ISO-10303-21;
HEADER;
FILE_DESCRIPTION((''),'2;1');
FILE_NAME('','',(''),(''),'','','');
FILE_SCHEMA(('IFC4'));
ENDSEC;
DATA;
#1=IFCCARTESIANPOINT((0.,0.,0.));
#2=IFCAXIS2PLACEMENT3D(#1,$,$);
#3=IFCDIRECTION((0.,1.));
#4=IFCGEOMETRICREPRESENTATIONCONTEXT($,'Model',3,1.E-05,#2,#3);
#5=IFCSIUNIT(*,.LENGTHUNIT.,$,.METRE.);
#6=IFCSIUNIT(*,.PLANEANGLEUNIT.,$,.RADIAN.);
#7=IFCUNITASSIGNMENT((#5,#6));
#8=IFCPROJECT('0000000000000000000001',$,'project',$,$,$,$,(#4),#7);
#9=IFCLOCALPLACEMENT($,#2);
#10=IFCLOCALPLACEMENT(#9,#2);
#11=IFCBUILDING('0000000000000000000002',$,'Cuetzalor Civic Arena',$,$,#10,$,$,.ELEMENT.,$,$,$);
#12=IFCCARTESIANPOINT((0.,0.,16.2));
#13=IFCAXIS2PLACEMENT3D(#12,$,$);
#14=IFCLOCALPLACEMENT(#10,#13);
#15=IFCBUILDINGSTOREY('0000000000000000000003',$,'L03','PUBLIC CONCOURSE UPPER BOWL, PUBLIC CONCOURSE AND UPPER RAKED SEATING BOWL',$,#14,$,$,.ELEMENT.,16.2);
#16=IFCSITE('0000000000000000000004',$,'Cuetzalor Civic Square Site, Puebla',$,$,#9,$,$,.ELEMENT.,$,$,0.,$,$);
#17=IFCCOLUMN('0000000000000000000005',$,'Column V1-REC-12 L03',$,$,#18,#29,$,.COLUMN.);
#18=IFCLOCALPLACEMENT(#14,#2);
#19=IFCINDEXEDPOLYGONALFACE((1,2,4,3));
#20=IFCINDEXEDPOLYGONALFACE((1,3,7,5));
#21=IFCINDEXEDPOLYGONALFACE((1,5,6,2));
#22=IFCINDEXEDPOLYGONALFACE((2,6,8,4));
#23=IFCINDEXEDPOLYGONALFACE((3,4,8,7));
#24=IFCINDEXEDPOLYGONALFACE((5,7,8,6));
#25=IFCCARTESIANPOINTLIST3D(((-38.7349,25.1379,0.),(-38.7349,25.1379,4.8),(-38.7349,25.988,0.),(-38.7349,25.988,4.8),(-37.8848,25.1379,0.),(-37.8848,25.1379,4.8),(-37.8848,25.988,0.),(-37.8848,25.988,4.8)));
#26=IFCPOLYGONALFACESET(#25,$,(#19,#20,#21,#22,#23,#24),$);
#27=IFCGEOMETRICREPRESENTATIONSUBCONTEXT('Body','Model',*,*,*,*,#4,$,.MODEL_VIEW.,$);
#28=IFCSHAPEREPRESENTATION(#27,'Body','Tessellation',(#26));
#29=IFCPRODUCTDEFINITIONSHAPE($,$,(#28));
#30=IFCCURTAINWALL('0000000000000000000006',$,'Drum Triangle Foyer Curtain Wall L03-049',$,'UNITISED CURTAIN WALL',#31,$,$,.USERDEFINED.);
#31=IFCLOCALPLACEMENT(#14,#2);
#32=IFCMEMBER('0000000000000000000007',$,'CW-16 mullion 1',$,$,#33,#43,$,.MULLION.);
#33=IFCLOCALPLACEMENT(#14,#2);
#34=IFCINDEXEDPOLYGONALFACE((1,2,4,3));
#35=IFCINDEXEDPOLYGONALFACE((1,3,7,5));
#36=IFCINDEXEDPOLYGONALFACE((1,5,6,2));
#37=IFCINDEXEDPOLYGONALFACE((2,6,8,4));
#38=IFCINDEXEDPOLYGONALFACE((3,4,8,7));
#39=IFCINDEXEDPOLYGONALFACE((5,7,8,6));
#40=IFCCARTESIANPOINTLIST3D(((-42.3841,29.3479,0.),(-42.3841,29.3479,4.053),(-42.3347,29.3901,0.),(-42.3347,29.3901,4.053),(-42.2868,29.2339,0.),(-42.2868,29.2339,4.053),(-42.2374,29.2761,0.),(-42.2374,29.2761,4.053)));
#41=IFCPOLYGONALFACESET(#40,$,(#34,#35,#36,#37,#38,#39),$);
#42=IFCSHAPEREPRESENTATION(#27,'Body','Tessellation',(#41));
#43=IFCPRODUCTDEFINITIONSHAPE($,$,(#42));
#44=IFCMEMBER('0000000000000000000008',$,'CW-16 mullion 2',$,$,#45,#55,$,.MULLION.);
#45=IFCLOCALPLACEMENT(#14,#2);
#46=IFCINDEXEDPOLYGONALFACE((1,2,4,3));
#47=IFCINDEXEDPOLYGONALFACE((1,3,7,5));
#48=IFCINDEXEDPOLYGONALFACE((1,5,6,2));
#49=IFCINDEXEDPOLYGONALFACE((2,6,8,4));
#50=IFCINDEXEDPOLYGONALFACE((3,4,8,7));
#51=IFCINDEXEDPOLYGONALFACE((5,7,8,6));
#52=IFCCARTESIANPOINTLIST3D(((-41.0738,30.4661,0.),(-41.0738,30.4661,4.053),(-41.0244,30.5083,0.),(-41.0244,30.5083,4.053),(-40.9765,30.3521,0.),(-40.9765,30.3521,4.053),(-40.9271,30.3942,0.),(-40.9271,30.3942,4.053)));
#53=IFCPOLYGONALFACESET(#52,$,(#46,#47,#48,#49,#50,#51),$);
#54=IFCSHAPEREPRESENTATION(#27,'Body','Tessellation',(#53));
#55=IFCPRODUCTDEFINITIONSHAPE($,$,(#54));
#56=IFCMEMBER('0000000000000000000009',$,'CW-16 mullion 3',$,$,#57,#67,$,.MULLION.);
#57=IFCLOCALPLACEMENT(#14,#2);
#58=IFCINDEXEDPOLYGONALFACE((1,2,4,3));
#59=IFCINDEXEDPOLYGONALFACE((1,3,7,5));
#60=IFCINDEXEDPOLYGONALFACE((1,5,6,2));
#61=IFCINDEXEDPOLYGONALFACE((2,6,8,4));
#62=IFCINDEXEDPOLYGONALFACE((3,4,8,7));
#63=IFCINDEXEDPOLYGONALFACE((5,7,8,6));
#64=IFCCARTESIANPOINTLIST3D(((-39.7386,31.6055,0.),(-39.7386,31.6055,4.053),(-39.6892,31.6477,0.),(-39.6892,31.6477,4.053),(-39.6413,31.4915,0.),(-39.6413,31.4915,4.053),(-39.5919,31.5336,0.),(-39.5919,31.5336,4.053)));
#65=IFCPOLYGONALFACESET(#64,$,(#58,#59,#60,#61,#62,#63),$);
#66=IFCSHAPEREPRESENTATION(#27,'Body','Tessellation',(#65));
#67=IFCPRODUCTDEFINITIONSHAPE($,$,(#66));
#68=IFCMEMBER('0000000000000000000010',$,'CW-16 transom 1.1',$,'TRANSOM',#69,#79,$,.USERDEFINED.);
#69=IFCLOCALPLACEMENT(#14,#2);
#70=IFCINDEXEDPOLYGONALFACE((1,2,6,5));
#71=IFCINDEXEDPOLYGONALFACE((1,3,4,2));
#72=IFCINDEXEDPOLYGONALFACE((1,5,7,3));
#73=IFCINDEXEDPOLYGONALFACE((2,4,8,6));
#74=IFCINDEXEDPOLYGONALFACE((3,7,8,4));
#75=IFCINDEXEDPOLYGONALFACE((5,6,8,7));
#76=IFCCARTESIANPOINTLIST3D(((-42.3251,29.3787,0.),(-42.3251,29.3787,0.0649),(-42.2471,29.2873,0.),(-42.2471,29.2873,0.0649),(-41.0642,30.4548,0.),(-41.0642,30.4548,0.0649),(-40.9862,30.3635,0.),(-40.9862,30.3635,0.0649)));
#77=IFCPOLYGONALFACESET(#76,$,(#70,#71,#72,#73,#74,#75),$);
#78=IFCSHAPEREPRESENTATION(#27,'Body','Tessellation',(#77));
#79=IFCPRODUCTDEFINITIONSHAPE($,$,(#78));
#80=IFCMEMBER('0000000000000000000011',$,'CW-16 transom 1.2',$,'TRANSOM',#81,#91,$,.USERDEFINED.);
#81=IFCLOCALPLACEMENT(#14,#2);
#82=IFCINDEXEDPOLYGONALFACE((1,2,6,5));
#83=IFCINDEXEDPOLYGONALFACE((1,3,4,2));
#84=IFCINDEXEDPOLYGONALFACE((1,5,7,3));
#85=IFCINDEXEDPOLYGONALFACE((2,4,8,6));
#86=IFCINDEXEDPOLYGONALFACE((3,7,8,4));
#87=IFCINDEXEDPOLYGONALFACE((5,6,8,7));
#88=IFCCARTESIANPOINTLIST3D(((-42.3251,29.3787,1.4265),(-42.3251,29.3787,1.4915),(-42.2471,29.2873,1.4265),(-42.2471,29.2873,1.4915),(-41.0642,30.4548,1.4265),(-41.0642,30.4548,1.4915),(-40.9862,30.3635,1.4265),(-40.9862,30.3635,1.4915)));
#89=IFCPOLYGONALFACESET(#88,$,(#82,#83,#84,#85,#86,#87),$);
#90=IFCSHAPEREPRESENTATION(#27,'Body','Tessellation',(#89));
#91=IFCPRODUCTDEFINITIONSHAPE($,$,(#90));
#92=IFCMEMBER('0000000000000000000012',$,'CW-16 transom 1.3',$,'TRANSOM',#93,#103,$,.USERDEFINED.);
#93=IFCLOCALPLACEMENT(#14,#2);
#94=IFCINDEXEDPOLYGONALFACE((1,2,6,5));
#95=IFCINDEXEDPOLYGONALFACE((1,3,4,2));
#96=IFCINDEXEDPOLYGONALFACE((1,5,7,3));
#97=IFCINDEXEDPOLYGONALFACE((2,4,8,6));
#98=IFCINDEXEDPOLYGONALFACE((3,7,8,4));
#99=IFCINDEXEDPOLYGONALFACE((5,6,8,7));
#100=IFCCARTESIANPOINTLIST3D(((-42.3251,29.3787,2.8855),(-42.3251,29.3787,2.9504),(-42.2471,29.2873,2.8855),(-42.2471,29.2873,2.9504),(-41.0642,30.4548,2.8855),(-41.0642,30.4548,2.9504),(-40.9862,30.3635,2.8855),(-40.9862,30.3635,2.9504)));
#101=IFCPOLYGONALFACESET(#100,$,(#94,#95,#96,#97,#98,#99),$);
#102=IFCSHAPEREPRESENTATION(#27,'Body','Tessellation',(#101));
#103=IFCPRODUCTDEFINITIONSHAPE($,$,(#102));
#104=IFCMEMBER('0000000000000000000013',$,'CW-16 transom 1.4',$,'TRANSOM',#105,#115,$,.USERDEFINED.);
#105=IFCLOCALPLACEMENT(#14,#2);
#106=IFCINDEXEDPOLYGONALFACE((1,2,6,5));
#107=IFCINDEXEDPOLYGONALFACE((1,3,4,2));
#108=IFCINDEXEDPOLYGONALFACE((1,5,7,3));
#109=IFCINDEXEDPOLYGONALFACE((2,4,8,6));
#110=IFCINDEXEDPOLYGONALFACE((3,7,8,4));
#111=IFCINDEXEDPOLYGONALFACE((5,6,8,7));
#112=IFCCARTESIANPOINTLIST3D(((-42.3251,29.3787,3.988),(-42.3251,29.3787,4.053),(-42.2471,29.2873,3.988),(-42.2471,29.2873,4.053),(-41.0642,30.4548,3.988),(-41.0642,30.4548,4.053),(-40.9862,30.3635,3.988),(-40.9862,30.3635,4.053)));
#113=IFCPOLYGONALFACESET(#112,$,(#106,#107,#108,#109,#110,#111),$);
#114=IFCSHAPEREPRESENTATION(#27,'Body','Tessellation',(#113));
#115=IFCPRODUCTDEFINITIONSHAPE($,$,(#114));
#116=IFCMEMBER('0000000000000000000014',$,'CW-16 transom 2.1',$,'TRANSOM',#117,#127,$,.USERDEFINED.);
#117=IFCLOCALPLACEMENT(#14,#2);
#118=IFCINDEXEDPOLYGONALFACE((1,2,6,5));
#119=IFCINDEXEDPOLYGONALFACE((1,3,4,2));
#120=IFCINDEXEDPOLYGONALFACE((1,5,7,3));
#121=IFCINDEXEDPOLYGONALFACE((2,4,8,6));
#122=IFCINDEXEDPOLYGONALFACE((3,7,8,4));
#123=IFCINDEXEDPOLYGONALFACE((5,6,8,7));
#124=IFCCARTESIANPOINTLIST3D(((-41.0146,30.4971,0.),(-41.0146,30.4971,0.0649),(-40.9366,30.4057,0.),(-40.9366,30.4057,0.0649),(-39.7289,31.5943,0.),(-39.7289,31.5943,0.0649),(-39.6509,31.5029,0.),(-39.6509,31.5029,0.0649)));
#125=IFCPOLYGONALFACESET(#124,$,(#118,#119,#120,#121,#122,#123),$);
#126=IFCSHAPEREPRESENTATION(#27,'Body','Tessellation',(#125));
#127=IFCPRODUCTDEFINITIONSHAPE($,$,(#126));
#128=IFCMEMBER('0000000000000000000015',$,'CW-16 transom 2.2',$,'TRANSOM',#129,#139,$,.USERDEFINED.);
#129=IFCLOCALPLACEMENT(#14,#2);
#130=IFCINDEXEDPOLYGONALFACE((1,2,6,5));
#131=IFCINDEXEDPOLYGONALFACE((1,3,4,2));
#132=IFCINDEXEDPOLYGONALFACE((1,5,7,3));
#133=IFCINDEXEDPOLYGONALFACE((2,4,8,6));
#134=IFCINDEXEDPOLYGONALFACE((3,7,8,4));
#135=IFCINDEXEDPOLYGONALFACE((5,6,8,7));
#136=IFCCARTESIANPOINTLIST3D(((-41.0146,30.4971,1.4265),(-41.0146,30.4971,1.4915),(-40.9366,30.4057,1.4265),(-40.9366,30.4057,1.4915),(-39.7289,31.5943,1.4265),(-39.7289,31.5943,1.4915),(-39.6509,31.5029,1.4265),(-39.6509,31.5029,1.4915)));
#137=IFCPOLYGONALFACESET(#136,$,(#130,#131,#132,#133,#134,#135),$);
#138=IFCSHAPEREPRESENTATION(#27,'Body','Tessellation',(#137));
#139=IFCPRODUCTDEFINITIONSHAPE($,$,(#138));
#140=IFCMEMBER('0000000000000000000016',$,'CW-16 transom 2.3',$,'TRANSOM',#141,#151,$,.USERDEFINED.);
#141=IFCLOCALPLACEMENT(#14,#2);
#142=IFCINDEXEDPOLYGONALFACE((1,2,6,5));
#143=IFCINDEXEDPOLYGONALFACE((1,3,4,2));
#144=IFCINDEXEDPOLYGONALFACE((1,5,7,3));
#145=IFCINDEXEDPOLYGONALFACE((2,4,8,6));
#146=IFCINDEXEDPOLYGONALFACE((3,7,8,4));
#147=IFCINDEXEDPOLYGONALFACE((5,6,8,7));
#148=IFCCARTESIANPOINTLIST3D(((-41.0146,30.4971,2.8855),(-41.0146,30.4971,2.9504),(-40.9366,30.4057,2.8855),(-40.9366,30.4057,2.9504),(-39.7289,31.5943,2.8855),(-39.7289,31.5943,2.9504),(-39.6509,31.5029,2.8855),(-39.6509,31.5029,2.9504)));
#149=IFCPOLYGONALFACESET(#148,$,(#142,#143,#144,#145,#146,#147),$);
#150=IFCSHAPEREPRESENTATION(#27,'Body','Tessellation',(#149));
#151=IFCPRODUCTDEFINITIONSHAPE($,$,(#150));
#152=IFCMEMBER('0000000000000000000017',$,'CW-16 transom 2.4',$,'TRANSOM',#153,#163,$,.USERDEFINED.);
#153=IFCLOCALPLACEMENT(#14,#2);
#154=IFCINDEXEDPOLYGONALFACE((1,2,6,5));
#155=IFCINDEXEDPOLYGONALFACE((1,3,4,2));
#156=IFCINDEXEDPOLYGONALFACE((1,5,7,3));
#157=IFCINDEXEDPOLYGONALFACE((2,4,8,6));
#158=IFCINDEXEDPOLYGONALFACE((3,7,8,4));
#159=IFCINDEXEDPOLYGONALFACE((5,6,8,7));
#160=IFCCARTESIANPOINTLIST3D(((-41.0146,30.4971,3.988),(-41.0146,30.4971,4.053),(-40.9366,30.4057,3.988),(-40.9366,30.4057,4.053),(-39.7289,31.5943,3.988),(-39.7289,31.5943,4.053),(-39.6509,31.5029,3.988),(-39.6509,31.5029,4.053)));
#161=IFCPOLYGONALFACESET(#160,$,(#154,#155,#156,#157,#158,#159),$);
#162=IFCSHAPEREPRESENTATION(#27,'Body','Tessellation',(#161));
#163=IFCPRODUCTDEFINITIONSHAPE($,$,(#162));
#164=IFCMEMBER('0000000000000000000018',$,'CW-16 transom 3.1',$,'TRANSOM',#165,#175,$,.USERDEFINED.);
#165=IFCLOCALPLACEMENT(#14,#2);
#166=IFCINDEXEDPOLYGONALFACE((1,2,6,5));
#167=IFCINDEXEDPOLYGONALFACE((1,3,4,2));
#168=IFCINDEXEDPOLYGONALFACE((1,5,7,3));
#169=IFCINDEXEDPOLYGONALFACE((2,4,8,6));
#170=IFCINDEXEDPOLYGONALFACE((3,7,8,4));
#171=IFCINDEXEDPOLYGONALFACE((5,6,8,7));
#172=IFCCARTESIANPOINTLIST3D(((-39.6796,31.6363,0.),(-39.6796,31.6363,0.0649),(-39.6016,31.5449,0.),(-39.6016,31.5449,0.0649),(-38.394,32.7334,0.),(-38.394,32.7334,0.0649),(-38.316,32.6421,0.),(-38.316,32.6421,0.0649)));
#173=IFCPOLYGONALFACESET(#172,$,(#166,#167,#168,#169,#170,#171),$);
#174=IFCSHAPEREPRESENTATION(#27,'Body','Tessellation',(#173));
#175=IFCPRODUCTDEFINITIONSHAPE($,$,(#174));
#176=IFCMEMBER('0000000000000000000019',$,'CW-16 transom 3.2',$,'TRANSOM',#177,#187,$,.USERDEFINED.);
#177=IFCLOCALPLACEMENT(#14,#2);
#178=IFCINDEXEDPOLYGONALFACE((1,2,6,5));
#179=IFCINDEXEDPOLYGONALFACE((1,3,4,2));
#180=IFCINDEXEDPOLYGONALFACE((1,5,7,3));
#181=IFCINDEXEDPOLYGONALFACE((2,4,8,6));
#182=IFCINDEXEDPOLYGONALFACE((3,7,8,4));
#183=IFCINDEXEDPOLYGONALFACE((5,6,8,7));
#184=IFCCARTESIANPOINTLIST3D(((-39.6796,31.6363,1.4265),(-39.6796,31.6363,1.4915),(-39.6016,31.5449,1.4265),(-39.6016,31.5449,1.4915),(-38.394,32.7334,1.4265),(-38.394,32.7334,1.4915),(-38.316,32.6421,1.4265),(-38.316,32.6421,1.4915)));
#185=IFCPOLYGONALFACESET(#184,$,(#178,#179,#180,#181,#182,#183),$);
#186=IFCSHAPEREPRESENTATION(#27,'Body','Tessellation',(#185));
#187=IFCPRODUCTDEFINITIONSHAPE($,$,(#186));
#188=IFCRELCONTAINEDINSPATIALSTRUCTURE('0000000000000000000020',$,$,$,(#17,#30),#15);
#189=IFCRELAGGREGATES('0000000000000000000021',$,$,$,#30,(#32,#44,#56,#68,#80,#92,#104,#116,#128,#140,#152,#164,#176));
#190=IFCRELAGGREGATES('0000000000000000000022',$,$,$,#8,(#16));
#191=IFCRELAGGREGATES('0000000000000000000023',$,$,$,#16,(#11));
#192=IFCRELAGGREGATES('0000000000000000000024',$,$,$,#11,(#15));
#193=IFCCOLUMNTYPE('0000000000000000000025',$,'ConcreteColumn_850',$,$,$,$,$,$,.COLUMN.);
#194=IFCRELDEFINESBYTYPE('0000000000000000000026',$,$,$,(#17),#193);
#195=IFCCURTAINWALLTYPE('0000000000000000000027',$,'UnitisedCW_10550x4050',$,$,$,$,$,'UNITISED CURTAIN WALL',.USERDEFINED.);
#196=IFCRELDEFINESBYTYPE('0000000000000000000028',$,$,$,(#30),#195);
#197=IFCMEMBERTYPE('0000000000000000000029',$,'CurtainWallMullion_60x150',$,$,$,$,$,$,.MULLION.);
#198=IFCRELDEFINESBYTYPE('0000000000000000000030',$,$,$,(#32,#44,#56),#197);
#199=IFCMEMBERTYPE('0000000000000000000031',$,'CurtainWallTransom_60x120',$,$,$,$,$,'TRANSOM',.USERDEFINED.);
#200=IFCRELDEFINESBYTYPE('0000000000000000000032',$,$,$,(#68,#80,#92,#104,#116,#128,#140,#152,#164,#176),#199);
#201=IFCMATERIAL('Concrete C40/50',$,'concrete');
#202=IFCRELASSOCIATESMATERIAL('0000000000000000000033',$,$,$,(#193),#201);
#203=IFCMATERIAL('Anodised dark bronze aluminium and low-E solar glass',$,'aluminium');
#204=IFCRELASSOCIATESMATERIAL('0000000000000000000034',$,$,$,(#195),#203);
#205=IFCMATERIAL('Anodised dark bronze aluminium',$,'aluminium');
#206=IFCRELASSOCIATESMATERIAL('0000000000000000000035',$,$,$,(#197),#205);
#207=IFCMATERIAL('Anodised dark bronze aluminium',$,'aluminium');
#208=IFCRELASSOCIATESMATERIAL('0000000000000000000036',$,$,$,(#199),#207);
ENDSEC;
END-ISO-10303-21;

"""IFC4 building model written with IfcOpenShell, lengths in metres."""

from ifc_helpers import new_model, si_unit, direction, frame, origin, origin_2d, place, context, subcontext, project, spatial, rectangle, extrude, material, material_profile, profile_set, type_object, element, aggregate, save


model = new_model("IFC4")

# Units and contexts
model_context = context("Model", 3, precision=1e-05, world=origin(), true_north=direction((0.0, 1.0)))
body_context = subcontext(model_context, "Body", "Model", "MODEL_VIEW")
ifc_project = project(units=[si_unit("LENGTHUNIT", "METRE"), si_unit("PLANEANGLEUNIT", "RADIAN")], contexts=[model_context])

# Site, building, storey
site_placement = place(None, origin())
site = spatial("IfcSite", under=ifc_project, at=site_placement, Name="Cuetzalor Civic Square Site, Puebla", CompositionType="ELEMENT", RefElevation=0.0)
building_placement = place(site_placement, origin())
building = spatial("IfcBuilding", under=site, at=building_placement, Name="Cuetzalor Civic Arena", CompositionType="ELEMENT")
storey_placement = place(building_placement, frame((0.0, 0.0, 16.2)))
storey = spatial("IfcBuildingStorey", under=building, at=storey_placement, Name="L03", Description="PUBLIC CONCOURSE UPPER BOWL, PUBLIC CONCOURSE AND UPPER RAKED SEATING BOWL", CompositionType="ELEMENT", Elevation=16.2)

# Column
ifc_material_1 = material(Name="Concrete C40/50", Category="concrete")
ifc_material_profile_1 = material_profile(ifc_material_1, rectangle(XDim=0.8501, YDim=0.8501, at=origin_2d()), Name="RC 850x850")
ifc_profile_set_1 = profile_set([ifc_material_profile_1], Name="Concrete C40/50")
column_type = type_object("IfcColumnType", Name="ConcreteColumn_850", PredefinedType="COLUMN", material=ifc_profile_set_1)
column_placement = place(storey_placement, frame((-38.3098, 25.563, 0.0), z_axis=(0.0, 0.0, 1.0), x_axis=(1.0, 0.0, 0.0)))
element("IfcColumn", 1, at=column_placement, inside=storey, type_object=column_type, Name="Column V1-REC-12 L03", PredefinedType="COLUMN", context=body_context, shape_type="SweptSolid", body=[
    extrude(rectangle(XDim=0.8501, YDim=0.8501, at=origin_2d()), origin(), (0.0, 0.0, 1.0), 4.8),
])

# Curtain wall, members
ifc_material_2 = material(Name="Anodised dark bronze aluminium and low-E solar glass", Category="aluminium")
curtain_wall_type = type_object("IfcCurtainWallType", Name="UnitisedCW_10550x4050", ElementType="UNITISED CURTAIN WALL", PredefinedType="USERDEFINED", material=ifc_material_2)
curtain_wall_placement = place(storey_placement, origin())
curtain_wall = element("IfcCurtainWall", 2, at=curtain_wall_placement, inside=storey, type_object=curtain_wall_type, Name="Drum Triangle Foyer Curtain Wall L03-049", ObjectType="UNITISED CURTAIN WALL", PredefinedType="USERDEFINED")
ifc_material_3 = material(Name="Anodised dark bronze aluminium", Category="aluminium")
ifc_material_profile_2 = material_profile(ifc_material_3, rectangle(XDim=0.0649, YDim=0.1499, at=origin_2d()), Name="ALU MULLION 65x150")
ifc_profile_set_2 = profile_set([ifc_material_profile_2], Name="Anodised dark bronze aluminium")
member_type_1 = type_object("IfcMemberType", Name="CurtainWallMullion_60x150", PredefinedType="MULLION", material=ifc_profile_set_2)
member_1_placement = place(storey_placement, frame((-42.3108, 29.312, 0.0), z_axis=(0.0, 0.0, 1.0), x_axis=(0.760677, 0.64913, 0.0)))
member_1 = element("IfcMember", 3, at=member_1_placement, type_object=member_type_1, Name="CW-16 mullion 1", PredefinedType="MULLION", context=body_context, shape_type="SweptSolid", body=[
    extrude(rectangle(XDim=0.0649, YDim=0.1499, at=origin_2d()), origin(), (0.0, 0.0, 1.0), 4.053),
])
member_2_placement = place(storey_placement, frame((-41.0005, 30.4302, 0.0), z_axis=(0.0, 0.0, 1.0), x_axis=(0.760677, 0.64913, 0.0)))
member_2 = element("IfcMember", 4, at=member_2_placement, type_object=member_type_1, Name="CW-16 mullion 2", PredefinedType="MULLION", context=body_context, shape_type="SweptSolid", body=[
    extrude(rectangle(XDim=0.0649, YDim=0.1499, at=origin_2d()), origin(), (0.0, 0.0, 1.0), 4.053),
])
member_3_placement = place(storey_placement, frame((-39.6653, 31.5696, 0.0), z_axis=(0.0, 0.0, 1.0), x_axis=(0.760677, 0.64913, 0.0)))
member_3 = element("IfcMember", 5, at=member_3_placement, type_object=member_type_1, Name="CW-16 mullion 3", PredefinedType="MULLION", context=body_context, shape_type="SweptSolid", body=[
    extrude(rectangle(XDim=0.0649, YDim=0.1499, at=origin_2d()), origin(), (0.0, 0.0, 1.0), 4.053),
])
ifc_material_4 = material(Name="Anodised dark bronze aluminium", Category="aluminium")
ifc_material_profile_3 = material_profile(ifc_material_4, rectangle(XDim=0.1201, YDim=0.0649, at=origin_2d()), Name="ALU TRANSOM 65x120")
ifc_profile_set_3 = profile_set([ifc_material_profile_3], Name="Anodised dark bronze aluminium")
member_type_2 = type_object("IfcMemberType", Name="CurtainWallTransom_60x120", ElementType="TRANSOM", PredefinedType="USERDEFINED", material=ifc_profile_set_3)
member_4_placement = place(storey_placement, frame((-42.2861, 29.333, 0.0325), z_axis=(0.760648, 0.649165, 0.0), x_axis=(-0.649165, 0.760648, 0.0)))
member_4 = element("IfcMember", 6, at=member_4_placement, type_object=member_type_2, Name="CW-16 transom 1.1", ObjectType="TRANSOM", PredefinedType="USERDEFINED", context=body_context, shape_type="SweptSolid", body=[
    extrude(rectangle(XDim=0.1201, YDim=0.0649, at=origin_2d()), origin(), (0.0, 0.0, 1.0), 1.6577),
])
member_5_placement = place(storey_placement, frame((-42.2861, 29.333, 1.459), z_axis=(0.760648, 0.649165, 0.0), x_axis=(-0.649165, 0.760648, 0.0)))
member_5 = element("IfcMember", 7, at=member_5_placement, type_object=member_type_2, Name="CW-16 transom 1.2", ObjectType="TRANSOM", PredefinedType="USERDEFINED", context=body_context, shape_type="SweptSolid", body=[
    extrude(rectangle(XDim=0.1201, YDim=0.0649, at=origin_2d()), origin(), (0.0, 0.0, 1.0), 1.6577),
])
member_6_placement = place(storey_placement, frame((-42.2861, 29.333, 2.918), z_axis=(0.760648, 0.649165, 0.0), x_axis=(-0.649165, 0.760648, 0.0)))
member_6 = element("IfcMember", 8, at=member_6_placement, type_object=member_type_2, Name="CW-16 transom 1.3", ObjectType="TRANSOM", PredefinedType="USERDEFINED", context=body_context, shape_type="SweptSolid", body=[
    extrude(rectangle(XDim=0.1201, YDim=0.0649, at=origin_2d()), origin(), (0.0, 0.0, 1.0), 1.6577),
])
member_7_placement = place(storey_placement, frame((-42.2861, 29.333, 4.0205), z_axis=(0.760648, 0.649165, 0.0), x_axis=(-0.649165, 0.760648, 0.0)))
member_7 = element("IfcMember", 9, at=member_7_placement, type_object=member_type_2, Name="CW-16 transom 1.4", ObjectType="TRANSOM", PredefinedType="USERDEFINED", context=body_context, shape_type="SweptSolid", body=[
    extrude(rectangle(XDim=0.1201, YDim=0.0649, at=origin_2d()), origin(), (0.0, 0.0, 1.0), 1.6577),
])
member_8_placement = place(storey_placement, frame((-40.9756, 30.4514, 0.0325), z_axis=(0.760662, 0.649148, 0.0), x_axis=(-0.649148, 0.760662, 0.0)))
member_8 = element("IfcMember", 10, at=member_8_placement, type_object=member_type_2, Name="CW-16 transom 2.1", ObjectType="TRANSOM", PredefinedType="USERDEFINED", context=body_context, shape_type="SweptSolid", body=[
    extrude(rectangle(XDim=0.1201, YDim=0.0649, at=origin_2d()), origin(), (0.0, 0.0, 1.0), 1.6902),
])
member_9_placement = place(storey_placement, frame((-40.9756, 30.4514, 1.459), z_axis=(0.760662, 0.649148, 0.0), x_axis=(-0.649148, 0.760662, 0.0)))
member_9 = element("IfcMember", 11, at=member_9_placement, type_object=member_type_2, Name="CW-16 transom 2.2", ObjectType="TRANSOM", PredefinedType="USERDEFINED", context=body_context, shape_type="SweptSolid", body=[
    extrude(rectangle(XDim=0.1201, YDim=0.0649, at=origin_2d()), origin(), (0.0, 0.0, 1.0), 1.6902),
])
member_10_placement = place(storey_placement, frame((-40.9756, 30.4514, 2.918), z_axis=(0.760662, 0.649148, 0.0), x_axis=(-0.649148, 0.760662, 0.0)))
member_10 = element("IfcMember", 12, at=member_10_placement, type_object=member_type_2, Name="CW-16 transom 2.3", ObjectType="TRANSOM", PredefinedType="USERDEFINED", context=body_context, shape_type="SweptSolid", body=[
    extrude(rectangle(XDim=0.1201, YDim=0.0649, at=origin_2d()), origin(), (0.0, 0.0, 1.0), 1.6902),
])
member_11_placement = place(storey_placement, frame((-40.9756, 30.4514, 4.0205), z_axis=(0.760662, 0.649148, 0.0), x_axis=(-0.649148, 0.760662, 0.0)))
member_11 = element("IfcMember", 13, at=member_11_placement, type_object=member_type_2, Name="CW-16 transom 2.4", ObjectType="TRANSOM", PredefinedType="USERDEFINED", context=body_context, shape_type="SweptSolid", body=[
    extrude(rectangle(XDim=0.1201, YDim=0.0649, at=origin_2d()), origin(), (0.0, 0.0, 1.0), 1.6902),
])
member_12_placement = place(storey_placement, frame((-39.6406, 31.5906, 0.0325), z_axis=(0.760662, 0.649148, 0.0), x_axis=(-0.649148, 0.760662, 0.0)))
member_12 = element("IfcMember", 14, at=member_12_placement, type_object=member_type_2, Name="CW-16 transom 3.1", ObjectType="TRANSOM", PredefinedType="USERDEFINED", context=body_context, shape_type="SweptSolid", body=[
    extrude(rectangle(XDim=0.1201, YDim=0.0649, at=origin_2d()), origin(), (0.0, 0.0, 1.0), 1.6902),
])
member_13_placement = place(storey_placement, frame((-39.6406, 31.5906, 1.459), z_axis=(0.760662, 0.649148, 0.0), x_axis=(-0.649148, 0.760662, 0.0)))
member_13 = element("IfcMember", 15, at=member_13_placement, type_object=member_type_2, Name="CW-16 transom 3.2", ObjectType="TRANSOM", PredefinedType="USERDEFINED", context=body_context, shape_type="SweptSolid", body=[
    extrude(rectangle(XDim=0.1201, YDim=0.0649, at=origin_2d()), origin(), (0.0, 0.0, 1.0), 1.6902),
])

aggregate(curtain_wall, [member_1, member_2, member_3, member_4, member_5, member_6, member_7, member_8, member_9, member_10, member_11, member_12, member_13])

save(model, "model.ifc")
